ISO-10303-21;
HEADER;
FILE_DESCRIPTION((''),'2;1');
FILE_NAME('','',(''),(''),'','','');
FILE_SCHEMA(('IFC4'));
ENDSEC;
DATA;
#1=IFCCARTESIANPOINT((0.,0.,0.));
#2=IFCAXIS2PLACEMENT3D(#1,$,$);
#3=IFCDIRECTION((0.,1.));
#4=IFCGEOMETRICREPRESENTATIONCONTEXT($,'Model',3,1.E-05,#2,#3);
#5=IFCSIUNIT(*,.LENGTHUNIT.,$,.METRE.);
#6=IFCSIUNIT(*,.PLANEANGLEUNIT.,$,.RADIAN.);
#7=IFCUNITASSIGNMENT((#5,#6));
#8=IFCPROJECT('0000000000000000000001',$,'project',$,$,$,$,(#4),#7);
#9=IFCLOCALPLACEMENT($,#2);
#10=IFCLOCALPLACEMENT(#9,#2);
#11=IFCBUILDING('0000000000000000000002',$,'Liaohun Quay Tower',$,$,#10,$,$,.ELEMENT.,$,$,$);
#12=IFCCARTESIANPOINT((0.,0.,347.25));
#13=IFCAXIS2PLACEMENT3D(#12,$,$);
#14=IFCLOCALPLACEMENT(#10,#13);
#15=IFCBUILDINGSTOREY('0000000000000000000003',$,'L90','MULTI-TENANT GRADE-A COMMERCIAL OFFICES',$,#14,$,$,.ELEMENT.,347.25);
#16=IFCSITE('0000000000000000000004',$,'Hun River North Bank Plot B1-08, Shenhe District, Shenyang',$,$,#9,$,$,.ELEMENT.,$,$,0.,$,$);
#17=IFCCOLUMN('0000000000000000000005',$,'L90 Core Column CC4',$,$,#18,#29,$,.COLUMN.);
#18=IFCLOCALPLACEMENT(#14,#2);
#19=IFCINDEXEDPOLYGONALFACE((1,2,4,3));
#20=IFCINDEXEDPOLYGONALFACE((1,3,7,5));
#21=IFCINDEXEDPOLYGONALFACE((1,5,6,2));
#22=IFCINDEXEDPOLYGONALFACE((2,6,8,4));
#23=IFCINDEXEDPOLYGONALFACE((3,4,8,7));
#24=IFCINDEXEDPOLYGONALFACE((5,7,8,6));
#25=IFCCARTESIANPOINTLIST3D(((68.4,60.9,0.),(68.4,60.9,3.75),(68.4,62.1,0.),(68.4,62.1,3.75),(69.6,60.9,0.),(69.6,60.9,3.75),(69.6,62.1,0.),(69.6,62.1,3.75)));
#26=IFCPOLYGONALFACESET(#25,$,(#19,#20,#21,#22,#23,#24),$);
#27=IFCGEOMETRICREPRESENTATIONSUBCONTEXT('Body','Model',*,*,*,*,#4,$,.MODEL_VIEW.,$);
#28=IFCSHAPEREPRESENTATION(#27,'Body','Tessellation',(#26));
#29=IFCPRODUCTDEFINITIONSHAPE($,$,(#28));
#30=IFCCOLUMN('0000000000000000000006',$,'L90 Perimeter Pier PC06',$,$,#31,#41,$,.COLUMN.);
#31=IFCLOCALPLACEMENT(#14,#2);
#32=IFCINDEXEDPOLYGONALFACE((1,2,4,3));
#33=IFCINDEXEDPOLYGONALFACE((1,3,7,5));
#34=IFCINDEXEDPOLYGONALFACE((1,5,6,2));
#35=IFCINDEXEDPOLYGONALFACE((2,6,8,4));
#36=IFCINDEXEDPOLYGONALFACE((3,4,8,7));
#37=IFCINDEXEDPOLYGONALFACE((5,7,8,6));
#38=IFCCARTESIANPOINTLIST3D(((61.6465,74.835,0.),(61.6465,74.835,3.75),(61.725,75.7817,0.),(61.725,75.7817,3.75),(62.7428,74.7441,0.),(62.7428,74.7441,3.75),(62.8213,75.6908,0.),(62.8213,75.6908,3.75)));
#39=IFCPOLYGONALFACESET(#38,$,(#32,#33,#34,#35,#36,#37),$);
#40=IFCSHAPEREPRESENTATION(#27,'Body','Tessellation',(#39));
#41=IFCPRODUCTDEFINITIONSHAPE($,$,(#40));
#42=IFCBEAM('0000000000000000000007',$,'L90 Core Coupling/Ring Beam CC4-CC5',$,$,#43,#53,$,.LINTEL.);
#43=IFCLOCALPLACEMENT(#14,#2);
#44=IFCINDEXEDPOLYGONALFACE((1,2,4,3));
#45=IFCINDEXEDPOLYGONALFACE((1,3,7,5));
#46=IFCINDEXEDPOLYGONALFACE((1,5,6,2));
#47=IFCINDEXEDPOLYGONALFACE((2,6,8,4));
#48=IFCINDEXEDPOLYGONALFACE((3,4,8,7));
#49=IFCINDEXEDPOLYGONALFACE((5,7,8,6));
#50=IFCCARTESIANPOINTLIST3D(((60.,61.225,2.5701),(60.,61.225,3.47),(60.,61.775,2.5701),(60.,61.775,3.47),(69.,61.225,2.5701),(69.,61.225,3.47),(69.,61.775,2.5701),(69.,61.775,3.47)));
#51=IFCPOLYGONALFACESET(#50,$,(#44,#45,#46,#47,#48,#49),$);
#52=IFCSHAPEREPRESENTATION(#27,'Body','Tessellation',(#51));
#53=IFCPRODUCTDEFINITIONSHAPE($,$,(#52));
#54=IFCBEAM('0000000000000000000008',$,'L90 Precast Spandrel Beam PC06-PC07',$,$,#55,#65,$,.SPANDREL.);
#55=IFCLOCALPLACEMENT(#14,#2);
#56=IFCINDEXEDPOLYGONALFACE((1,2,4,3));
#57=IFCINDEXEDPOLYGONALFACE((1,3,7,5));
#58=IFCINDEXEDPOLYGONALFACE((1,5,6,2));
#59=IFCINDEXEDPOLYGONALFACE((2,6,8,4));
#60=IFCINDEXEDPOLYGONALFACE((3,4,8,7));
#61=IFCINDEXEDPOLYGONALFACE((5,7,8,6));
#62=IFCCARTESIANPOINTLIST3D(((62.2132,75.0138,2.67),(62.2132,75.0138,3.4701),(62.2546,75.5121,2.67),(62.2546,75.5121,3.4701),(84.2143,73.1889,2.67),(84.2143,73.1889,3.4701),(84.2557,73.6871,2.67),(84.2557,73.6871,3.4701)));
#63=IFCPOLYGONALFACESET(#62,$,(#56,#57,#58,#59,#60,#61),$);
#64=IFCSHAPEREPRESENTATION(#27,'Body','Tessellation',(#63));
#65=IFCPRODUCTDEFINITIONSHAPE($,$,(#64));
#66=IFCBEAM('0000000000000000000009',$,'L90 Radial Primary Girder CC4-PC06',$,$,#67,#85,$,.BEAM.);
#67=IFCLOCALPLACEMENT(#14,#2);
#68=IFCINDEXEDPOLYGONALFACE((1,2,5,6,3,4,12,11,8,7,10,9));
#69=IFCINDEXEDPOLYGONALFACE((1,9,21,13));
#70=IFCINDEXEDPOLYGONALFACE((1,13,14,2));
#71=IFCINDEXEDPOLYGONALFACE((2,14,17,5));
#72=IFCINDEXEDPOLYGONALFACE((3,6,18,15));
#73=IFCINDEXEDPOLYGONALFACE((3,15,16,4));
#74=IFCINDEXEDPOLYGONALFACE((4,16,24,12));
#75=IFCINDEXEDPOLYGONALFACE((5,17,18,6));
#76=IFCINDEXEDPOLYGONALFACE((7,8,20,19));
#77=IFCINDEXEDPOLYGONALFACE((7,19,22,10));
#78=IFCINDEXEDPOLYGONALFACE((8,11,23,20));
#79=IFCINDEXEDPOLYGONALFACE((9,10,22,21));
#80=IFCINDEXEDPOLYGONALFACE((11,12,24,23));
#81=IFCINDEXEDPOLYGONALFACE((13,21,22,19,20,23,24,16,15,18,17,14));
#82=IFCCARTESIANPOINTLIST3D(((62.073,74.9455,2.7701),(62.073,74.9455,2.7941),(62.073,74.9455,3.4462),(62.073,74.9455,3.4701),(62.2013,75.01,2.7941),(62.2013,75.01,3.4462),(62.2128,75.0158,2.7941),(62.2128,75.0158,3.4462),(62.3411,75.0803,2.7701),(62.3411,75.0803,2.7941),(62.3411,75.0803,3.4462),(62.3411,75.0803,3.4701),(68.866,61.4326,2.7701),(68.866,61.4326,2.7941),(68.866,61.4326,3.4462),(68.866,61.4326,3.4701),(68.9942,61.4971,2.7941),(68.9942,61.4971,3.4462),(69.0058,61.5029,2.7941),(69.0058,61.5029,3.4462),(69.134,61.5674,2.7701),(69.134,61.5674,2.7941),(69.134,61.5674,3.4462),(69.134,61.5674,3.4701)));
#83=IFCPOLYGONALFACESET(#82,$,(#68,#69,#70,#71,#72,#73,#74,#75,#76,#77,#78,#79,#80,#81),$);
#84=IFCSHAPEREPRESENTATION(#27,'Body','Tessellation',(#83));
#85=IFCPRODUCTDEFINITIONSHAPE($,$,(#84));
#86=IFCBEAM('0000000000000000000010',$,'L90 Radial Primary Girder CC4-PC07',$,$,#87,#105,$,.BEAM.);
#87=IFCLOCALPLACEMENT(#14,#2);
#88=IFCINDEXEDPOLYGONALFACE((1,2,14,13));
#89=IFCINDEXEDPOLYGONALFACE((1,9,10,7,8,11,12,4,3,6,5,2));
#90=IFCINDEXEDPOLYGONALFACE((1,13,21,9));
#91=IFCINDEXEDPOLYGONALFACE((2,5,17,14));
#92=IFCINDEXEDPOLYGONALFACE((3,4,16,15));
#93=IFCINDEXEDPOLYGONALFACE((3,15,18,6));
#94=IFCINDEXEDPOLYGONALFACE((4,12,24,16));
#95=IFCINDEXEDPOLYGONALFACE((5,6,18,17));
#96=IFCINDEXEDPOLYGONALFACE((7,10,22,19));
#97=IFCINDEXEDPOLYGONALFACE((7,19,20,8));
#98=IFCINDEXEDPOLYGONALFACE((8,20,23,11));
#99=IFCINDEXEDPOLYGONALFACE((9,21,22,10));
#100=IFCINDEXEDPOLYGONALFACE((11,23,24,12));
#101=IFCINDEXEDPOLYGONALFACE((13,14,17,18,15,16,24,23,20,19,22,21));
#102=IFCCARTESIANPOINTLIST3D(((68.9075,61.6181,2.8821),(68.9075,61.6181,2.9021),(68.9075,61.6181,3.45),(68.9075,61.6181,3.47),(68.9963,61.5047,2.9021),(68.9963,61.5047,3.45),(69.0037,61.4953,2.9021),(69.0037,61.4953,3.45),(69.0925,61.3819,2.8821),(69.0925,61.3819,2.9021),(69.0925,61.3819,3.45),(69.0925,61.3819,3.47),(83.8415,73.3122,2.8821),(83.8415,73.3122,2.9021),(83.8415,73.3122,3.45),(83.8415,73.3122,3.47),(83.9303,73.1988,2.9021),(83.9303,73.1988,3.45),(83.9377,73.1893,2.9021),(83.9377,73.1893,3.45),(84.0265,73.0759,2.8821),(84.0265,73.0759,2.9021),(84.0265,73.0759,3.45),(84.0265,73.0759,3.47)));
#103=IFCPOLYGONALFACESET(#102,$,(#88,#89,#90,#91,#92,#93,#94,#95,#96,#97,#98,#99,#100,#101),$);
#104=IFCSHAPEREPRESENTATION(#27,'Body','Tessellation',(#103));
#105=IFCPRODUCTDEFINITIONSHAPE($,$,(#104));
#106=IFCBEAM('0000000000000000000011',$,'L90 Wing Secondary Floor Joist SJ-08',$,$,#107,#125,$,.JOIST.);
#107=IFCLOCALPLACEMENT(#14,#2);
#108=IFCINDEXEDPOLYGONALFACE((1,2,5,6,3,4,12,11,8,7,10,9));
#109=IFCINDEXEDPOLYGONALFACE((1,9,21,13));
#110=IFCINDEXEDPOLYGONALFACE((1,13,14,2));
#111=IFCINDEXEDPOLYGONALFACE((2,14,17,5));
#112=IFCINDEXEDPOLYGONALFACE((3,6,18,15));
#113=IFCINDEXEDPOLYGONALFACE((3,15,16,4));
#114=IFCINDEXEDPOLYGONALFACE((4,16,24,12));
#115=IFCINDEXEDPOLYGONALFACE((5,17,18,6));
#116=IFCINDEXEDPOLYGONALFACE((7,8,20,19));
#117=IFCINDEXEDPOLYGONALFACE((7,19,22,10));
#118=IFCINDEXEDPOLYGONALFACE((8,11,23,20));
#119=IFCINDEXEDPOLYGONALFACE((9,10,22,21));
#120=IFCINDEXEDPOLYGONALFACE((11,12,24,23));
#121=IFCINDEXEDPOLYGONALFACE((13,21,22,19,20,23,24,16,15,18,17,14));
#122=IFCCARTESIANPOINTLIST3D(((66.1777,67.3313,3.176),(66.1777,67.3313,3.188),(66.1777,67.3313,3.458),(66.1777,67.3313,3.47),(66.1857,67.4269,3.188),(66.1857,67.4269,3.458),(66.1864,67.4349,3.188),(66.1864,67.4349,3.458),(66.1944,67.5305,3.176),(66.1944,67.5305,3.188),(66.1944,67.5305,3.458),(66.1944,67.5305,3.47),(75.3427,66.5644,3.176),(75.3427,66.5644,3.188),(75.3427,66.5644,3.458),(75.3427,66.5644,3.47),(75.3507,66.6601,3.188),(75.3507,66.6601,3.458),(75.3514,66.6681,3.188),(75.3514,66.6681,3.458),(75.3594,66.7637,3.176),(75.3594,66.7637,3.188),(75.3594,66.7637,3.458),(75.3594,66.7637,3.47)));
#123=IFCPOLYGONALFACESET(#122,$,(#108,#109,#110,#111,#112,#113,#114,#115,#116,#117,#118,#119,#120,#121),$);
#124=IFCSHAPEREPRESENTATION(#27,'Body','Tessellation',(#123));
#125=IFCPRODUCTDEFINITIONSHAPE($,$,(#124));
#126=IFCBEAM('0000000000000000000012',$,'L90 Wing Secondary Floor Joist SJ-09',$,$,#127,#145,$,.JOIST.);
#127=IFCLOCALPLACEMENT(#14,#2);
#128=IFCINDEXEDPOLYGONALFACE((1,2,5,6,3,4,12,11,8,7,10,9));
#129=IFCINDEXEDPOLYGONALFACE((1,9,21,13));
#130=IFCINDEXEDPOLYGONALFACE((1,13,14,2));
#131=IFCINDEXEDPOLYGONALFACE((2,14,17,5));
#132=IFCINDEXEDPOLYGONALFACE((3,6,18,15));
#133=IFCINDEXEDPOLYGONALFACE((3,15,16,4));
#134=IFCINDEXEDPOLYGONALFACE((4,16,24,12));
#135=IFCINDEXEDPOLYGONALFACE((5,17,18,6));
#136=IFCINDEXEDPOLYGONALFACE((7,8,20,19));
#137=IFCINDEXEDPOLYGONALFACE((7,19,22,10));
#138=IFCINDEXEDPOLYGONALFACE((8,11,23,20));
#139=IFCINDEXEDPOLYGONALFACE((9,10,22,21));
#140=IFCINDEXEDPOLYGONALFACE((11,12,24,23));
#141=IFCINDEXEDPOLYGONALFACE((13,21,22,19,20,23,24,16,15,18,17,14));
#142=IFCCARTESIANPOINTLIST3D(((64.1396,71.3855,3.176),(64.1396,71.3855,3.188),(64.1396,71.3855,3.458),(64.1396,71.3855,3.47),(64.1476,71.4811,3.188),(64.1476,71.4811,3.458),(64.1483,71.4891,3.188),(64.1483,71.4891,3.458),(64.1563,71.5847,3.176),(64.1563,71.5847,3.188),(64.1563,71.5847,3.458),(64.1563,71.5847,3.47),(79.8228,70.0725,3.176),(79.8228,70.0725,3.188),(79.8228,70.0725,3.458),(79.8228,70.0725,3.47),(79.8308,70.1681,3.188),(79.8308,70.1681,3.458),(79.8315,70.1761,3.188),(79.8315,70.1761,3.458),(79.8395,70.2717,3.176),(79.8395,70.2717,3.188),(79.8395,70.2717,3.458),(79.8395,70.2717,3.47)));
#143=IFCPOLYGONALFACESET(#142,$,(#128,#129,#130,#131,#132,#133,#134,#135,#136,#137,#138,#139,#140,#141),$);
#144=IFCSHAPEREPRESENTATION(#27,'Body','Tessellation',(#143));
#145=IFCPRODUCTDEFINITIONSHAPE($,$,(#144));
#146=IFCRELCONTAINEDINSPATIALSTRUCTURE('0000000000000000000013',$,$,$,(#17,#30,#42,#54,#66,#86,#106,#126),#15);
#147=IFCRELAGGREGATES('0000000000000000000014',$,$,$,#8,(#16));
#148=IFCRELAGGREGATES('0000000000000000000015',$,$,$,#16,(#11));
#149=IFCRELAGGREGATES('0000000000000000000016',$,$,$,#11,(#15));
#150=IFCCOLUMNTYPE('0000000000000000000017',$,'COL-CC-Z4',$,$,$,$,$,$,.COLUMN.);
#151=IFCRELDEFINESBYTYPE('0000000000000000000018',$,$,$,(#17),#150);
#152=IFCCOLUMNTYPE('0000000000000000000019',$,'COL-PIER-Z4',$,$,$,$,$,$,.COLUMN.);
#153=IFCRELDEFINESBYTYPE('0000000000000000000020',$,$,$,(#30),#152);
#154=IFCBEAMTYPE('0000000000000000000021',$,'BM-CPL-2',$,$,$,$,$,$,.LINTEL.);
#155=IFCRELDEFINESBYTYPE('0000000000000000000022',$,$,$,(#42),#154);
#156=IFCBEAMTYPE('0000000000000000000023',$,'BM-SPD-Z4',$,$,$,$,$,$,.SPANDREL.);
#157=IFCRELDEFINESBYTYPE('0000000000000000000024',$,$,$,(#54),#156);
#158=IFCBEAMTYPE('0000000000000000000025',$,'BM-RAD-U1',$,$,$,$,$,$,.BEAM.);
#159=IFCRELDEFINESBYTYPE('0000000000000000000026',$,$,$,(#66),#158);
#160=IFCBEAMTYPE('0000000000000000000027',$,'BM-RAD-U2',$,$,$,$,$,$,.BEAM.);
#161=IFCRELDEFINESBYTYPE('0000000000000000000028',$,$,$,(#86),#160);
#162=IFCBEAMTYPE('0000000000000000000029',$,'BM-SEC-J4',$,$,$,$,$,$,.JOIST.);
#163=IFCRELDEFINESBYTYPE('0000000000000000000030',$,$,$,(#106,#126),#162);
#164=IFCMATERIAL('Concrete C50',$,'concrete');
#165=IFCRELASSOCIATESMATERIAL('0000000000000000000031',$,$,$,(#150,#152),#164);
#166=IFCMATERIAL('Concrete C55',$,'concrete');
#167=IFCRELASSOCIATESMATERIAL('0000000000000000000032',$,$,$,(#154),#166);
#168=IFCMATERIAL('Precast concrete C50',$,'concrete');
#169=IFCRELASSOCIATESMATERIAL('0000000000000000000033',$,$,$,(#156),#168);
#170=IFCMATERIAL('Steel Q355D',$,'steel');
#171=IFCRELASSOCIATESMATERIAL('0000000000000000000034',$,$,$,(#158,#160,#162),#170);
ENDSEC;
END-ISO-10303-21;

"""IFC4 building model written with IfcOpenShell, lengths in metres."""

from ifc_helpers import new_model, si_unit, direction, frame, origin, origin_2d, place, context, subcontext, project, spatial, rectangle, i_section, extrude, source, transform, mapped, material, material_profile, profile_set, type_object, element, save


model = new_model("IFC4")

# Units and contexts
model_context = context("Model", 3, precision=1e-05, world=origin(), true_north=direction((0.0, 1.0)))
body_context = subcontext(model_context, "Body", "Model", "MODEL_VIEW")
ifc_project = project(units=[si_unit("LENGTHUNIT", "METRE"), si_unit("PLANEANGLEUNIT", "RADIAN")], contexts=[model_context])

# Site, building, storey
site_placement = place(None, origin())
site = spatial("IfcSite", under=ifc_project, at=site_placement, Name="Hun River North Bank Plot B1-08, Shenhe District, Shenyang", CompositionType="ELEMENT", RefElevation=0.0)
building_placement = place(site_placement, origin())
building = spatial("IfcBuilding", under=site, at=building_placement, Name="Liaohun Quay Tower", CompositionType="ELEMENT")
storey_placement = place(building_placement, frame((0.0, 0.0, 347.25)))
storey = spatial("IfcBuildingStorey", under=building, at=storey_placement, Name="L90", Description="MULTI-TENANT GRADE-A COMMERCIAL OFFICES", CompositionType="ELEMENT", Elevation=347.25)

# Columns
ifc_material_1 = material(Name="Concrete C50", Category="concrete")
ifc_material_profile_1 = material_profile(ifc_material_1, rectangle(XDim=1.2, YDim=1.2, at=origin_2d()), Name="RC1200x1200")
ifc_profile_set_1 = profile_set([ifc_material_profile_1], Name="Concrete C50")
column_type_1 = type_object("IfcColumnType", Name="COL-CC-Z4", PredefinedType="COLUMN", material=ifc_profile_set_1)
shared_shape_1 = source(origin(), body_context, "Body", "SweptSolid", [
    extrude(rectangle(XDim=1.2, YDim=1.2, at=origin_2d()), origin(), (0.0, 0.0, 1.0), 3.75),
])
column_1_placement = place(storey_placement, frame((69.0, 61.5, 0.0), z_axis=(0.0, 0.0, 1.0), x_axis=(1.0, 0.0, 0.0)))
element("IfcColumn", 1, at=column_1_placement, inside=storey, type_object=column_type_1, Name="L90 Core Column CC4", PredefinedType="COLUMN", context=body_context, shape_type="MappedRepresentation", body=[
    mapped(shared_shape_1, transform((0.0, 0.0, 0.0), x_axis=(1.0, 0.0, 0.0), y_axis=(0.0, 1.0, 0.0), z_axis=(0.0, 0.0, 1.0), scale=1.0)),
])
ifc_material_profile_2 = material_profile(ifc_material_1, rectangle(XDim=1.1001, YDim=0.95, at=origin_2d()), Name="RC1100x950")
ifc_profile_set_2 = profile_set([ifc_material_profile_2], Name="Concrete C50")
column_type_2 = type_object("IfcColumnType", Name="COL-PIER-Z4", PredefinedType="COLUMN", material=ifc_profile_set_2)
shared_shape_2 = source(origin(), body_context, "Body", "SweptSolid", [
    extrude(rectangle(XDim=1.1001, YDim=0.95, at=origin_2d()), origin(), (0.0, 0.0, 1.0), 3.75),
])
column_2_placement = place(storey_placement, frame((62.2339, 75.2629, 0.0), z_axis=(0.0, 0.0, 1.0), x_axis=(-0.99658, 0.082634, 0.0)))
element("IfcColumn", 2, at=column_2_placement, inside=storey, type_object=column_type_2, Name="L90 Perimeter Pier PC06", PredefinedType="COLUMN", context=body_context, shape_type="MappedRepresentation", body=[
    mapped(shared_shape_2, transform((0.0, 0.0, 0.0), x_axis=(1.0, 0.0, 0.0), y_axis=(0.0, 1.0, 0.0), z_axis=(0.0, 0.0, 1.0), scale=1.0)),
])

# Beams
ifc_material_2 = material(Name="Concrete C55", Category="concrete")
ifc_material_profile_3 = material_profile(ifc_material_2, rectangle(XDim=0.55, YDim=0.8999, at=origin_2d()), Name="RC550x900")
ifc_profile_set_3 = profile_set([ifc_material_profile_3], Name="Concrete C55")
beam_type_1 = type_object("IfcBeamType", Name="BM-CPL-2", PredefinedType="LINTEL", material=ifc_profile_set_3)
shared_shape_3 = source(origin(), body_context, "Body", "SweptSolid", [
    extrude(rectangle(XDim=0.55, YDim=0.8999, at=origin_2d()), origin(), (0.0, 0.0, 1.0), 9.0),
])
beam_1_placement = place(storey_placement, frame((69.0, 61.5, 3.02), z_axis=(-1.0, 0.0, 0.0), x_axis=(0.0, -1.0, 0.0)))
element("IfcBeam", 3, at=beam_1_placement, inside=storey, type_object=beam_type_1, Name="L90 Core Coupling/Ring Beam CC4-CC5", PredefinedType="LINTEL", context=body_context, shape_type="MappedRepresentation", body=[
    mapped(shared_shape_3, transform((0.0, 0.0, 0.0), x_axis=(1.0, 0.0, 0.0), y_axis=(0.0, 1.0, 0.0), z_axis=(0.0, 0.0, 1.0), scale=1.0)),
])
ifc_material_3 = material(Name="Precast concrete C50", Category="concrete")
ifc_material_profile_4 = material_profile(ifc_material_3, rectangle(XDim=0.5, YDim=0.8, at=origin_2d()), Name="RC500x800")
ifc_profile_set_4 = profile_set([ifc_material_profile_4], Name="Precast concrete C50")
beam_type_2 = type_object("IfcBeamType", Name="BM-SPD-Z4", PredefinedType="SPANDREL", material=ifc_profile_set_4)
shared_shape_4 = source(origin(), body_context, "Body", "SweptSolid", [
    extrude(rectangle(XDim=0.5, YDim=0.8, at=origin_2d()), origin(), (0.0, 0.0, 1.0), 22.0767),
])
beam_2_placement = place(storey_placement, frame((62.2339, 75.2629, 3.0701), z_axis=(0.996577, -0.082664, 0.0), x_axis=(0.082664, 0.996577, 0.0)))
element("IfcBeam", 4, at=beam_2_placement, inside=storey, type_object=beam_type_2, Name="L90 Precast Spandrel Beam PC06-PC07", PredefinedType="SPANDREL", context=body_context, shape_type="MappedRepresentation", body=[
    mapped(shared_shape_4, transform((0.0, 0.0, 0.0), x_axis=(1.0, 0.0, 0.0), y_axis=(0.0, 1.0, 0.0), z_axis=(0.0, 0.0, 1.0), scale=1.0)),
])
ifc_material_4 = material(Name="Steel Q355D", Category="steel")
ifc_material_profile_5 = material_profile(ifc_material_4, i_section(OverallWidth=0.3, OverallDepth=0.7, WebThickness=0.0129, FlangeThickness=0.0239, at=origin_2d()), Name="HN700x300x13x24")
ifc_profile_set_5 = profile_set([ifc_material_profile_5], Name="Steel Q355D")
beam_type_3 = type_object("IfcBeamType", Name="BM-RAD-U1", PredefinedType="BEAM", material=ifc_profile_set_5)
shared_shape_5 = source(origin(), body_context, "Body", "SweptSolid", [
    extrude(i_section(OverallWidth=0.3, OverallDepth=0.7, WebThickness=0.0129, FlangeThickness=0.0239, at=origin_2d()), origin(), (0.0, 0.0, 1.0), 15.1243),
])
beam_3_placement = place(storey_placement, frame((69.0, 61.5, 3.1201), z_axis=(-0.449143, 0.89346, 0.0), x_axis=(-0.89346, -0.449143, 0.0)))
element("IfcBeam", 5, at=beam_3_placement, inside=storey, type_object=beam_type_3, Name="L90 Radial Primary Girder CC4-PC06", PredefinedType="BEAM", context=body_context, shape_type="MappedRepresentation", body=[
    mapped(shared_shape_5, transform((0.0, 0.0, 0.0), x_axis=(1.0, 0.0, 0.0), y_axis=(0.0, 1.0, 0.0), z_axis=(0.0, 0.0, 1.0), scale=1.0)),
])
ifc_material_profile_6 = material_profile(ifc_material_4, i_section(OverallWidth=0.3, OverallDepth=0.5879, WebThickness=0.012, FlangeThickness=0.02, at=origin_2d()), Name="HM588x300x12x20")
ifc_profile_set_6 = profile_set([ifc_material_profile_6], Name="Steel Q355D")
beam_type_4 = type_object("IfcBeamType", Name="BM-RAD-U2", PredefinedType="BEAM", material=ifc_profile_set_6)
shared_shape_6 = source(origin(), body_context, "Body", "SweptSolid", [
    extrude(i_section(OverallWidth=0.3, OverallDepth=0.5879, WebThickness=0.012, FlangeThickness=0.02, at=origin_2d()), origin(), (0.0, 0.0, 1.0), 18.9678),
])
beam_4_placement = place(storey_placement, frame((69.0, 61.5, 3.176), z_axis=(0.787337, 0.616522, 0.0), x_axis=(-0.616522, 0.787337, 0.0)))
element("IfcBeam", 6, at=beam_4_placement, inside=storey, type_object=beam_type_4, Name="L90 Radial Primary Girder CC4-PC07", PredefinedType="BEAM", context=body_context, shape_type="MappedRepresentation", body=[
    mapped(shared_shape_6, transform((0.0, 0.0, 0.0), x_axis=(1.0, 0.0, 0.0), y_axis=(0.0, 1.0, 0.0), z_axis=(0.0, 0.0, 1.0), scale=1.0)),
])
ifc_material_profile_7 = material_profile(ifc_material_4, i_section(OverallWidth=0.2, OverallDepth=0.2939, WebThickness=0.0081, FlangeThickness=0.012, at=origin_2d()), Name="HM294x200x8x12")
ifc_profile_set_7 = profile_set([ifc_material_profile_7], Name="Steel Q355D")
beam_type_5 = type_object("IfcBeamType", Name="BM-SEC-J4", PredefinedType="JOIST", material=ifc_profile_set_7)
shared_shape_7 = source(origin(), body_context, "Body", "SweptSolid", [
    extrude(i_section(OverallWidth=0.2, OverallDepth=0.2939, WebThickness=0.0081, FlangeThickness=0.012, at=origin_2d()), origin(), (0.0, 0.0, 1.0), 9.197),
])
beam_5_placement = place(storey_placement, frame((66.186, 67.4309, 3.323), z_axis=(0.996518, -0.083379, 0.0), x_axis=(0.083379, 0.996518, 0.0)))
element("IfcBeam", 7, at=beam_5_placement, inside=storey, type_object=beam_type_5, Name="L90 Wing Secondary Floor Joist SJ-08", PredefinedType="JOIST", context=body_context, shape_type="MappedRepresentation", body=[
    mapped(shared_shape_7, transform((0.0, 0.0, 0.0), x_axis=(1.0, 0.0, 0.0), y_axis=(0.0, 1.0, 0.0), z_axis=(0.0, 0.0, 1.0), scale=1.0)),
])
shared_shape_8 = source(origin(), body_context, "Body", "SweptSolid", [
    extrude(i_section(OverallWidth=0.2, OverallDepth=0.2939, WebThickness=0.0081, FlangeThickness=0.012, at=origin_2d()), origin(), (0.0, 0.0, 1.0), 15.738),
])
beam_6_placement = place(storey_placement, frame((64.1479, 71.4851, 3.323), z_axis=(0.996514, -0.083428, 0.0), x_axis=(0.083428, 0.996514, 0.0)))
element("IfcBeam", 8, at=beam_6_placement, inside=storey, type_object=beam_type_5, Name="L90 Wing Secondary Floor Joist SJ-09", PredefinedType="JOIST", context=body_context, shape_type="MappedRepresentation", body=[
    mapped(shared_shape_8, transform((0.0, 0.0, 0.0), x_axis=(1.0, 0.0, 0.0), y_axis=(0.0, 1.0, 0.0), z_axis=(0.0, 0.0, 1.0), scale=1.0)),
])

save(model, "model.ifc")
